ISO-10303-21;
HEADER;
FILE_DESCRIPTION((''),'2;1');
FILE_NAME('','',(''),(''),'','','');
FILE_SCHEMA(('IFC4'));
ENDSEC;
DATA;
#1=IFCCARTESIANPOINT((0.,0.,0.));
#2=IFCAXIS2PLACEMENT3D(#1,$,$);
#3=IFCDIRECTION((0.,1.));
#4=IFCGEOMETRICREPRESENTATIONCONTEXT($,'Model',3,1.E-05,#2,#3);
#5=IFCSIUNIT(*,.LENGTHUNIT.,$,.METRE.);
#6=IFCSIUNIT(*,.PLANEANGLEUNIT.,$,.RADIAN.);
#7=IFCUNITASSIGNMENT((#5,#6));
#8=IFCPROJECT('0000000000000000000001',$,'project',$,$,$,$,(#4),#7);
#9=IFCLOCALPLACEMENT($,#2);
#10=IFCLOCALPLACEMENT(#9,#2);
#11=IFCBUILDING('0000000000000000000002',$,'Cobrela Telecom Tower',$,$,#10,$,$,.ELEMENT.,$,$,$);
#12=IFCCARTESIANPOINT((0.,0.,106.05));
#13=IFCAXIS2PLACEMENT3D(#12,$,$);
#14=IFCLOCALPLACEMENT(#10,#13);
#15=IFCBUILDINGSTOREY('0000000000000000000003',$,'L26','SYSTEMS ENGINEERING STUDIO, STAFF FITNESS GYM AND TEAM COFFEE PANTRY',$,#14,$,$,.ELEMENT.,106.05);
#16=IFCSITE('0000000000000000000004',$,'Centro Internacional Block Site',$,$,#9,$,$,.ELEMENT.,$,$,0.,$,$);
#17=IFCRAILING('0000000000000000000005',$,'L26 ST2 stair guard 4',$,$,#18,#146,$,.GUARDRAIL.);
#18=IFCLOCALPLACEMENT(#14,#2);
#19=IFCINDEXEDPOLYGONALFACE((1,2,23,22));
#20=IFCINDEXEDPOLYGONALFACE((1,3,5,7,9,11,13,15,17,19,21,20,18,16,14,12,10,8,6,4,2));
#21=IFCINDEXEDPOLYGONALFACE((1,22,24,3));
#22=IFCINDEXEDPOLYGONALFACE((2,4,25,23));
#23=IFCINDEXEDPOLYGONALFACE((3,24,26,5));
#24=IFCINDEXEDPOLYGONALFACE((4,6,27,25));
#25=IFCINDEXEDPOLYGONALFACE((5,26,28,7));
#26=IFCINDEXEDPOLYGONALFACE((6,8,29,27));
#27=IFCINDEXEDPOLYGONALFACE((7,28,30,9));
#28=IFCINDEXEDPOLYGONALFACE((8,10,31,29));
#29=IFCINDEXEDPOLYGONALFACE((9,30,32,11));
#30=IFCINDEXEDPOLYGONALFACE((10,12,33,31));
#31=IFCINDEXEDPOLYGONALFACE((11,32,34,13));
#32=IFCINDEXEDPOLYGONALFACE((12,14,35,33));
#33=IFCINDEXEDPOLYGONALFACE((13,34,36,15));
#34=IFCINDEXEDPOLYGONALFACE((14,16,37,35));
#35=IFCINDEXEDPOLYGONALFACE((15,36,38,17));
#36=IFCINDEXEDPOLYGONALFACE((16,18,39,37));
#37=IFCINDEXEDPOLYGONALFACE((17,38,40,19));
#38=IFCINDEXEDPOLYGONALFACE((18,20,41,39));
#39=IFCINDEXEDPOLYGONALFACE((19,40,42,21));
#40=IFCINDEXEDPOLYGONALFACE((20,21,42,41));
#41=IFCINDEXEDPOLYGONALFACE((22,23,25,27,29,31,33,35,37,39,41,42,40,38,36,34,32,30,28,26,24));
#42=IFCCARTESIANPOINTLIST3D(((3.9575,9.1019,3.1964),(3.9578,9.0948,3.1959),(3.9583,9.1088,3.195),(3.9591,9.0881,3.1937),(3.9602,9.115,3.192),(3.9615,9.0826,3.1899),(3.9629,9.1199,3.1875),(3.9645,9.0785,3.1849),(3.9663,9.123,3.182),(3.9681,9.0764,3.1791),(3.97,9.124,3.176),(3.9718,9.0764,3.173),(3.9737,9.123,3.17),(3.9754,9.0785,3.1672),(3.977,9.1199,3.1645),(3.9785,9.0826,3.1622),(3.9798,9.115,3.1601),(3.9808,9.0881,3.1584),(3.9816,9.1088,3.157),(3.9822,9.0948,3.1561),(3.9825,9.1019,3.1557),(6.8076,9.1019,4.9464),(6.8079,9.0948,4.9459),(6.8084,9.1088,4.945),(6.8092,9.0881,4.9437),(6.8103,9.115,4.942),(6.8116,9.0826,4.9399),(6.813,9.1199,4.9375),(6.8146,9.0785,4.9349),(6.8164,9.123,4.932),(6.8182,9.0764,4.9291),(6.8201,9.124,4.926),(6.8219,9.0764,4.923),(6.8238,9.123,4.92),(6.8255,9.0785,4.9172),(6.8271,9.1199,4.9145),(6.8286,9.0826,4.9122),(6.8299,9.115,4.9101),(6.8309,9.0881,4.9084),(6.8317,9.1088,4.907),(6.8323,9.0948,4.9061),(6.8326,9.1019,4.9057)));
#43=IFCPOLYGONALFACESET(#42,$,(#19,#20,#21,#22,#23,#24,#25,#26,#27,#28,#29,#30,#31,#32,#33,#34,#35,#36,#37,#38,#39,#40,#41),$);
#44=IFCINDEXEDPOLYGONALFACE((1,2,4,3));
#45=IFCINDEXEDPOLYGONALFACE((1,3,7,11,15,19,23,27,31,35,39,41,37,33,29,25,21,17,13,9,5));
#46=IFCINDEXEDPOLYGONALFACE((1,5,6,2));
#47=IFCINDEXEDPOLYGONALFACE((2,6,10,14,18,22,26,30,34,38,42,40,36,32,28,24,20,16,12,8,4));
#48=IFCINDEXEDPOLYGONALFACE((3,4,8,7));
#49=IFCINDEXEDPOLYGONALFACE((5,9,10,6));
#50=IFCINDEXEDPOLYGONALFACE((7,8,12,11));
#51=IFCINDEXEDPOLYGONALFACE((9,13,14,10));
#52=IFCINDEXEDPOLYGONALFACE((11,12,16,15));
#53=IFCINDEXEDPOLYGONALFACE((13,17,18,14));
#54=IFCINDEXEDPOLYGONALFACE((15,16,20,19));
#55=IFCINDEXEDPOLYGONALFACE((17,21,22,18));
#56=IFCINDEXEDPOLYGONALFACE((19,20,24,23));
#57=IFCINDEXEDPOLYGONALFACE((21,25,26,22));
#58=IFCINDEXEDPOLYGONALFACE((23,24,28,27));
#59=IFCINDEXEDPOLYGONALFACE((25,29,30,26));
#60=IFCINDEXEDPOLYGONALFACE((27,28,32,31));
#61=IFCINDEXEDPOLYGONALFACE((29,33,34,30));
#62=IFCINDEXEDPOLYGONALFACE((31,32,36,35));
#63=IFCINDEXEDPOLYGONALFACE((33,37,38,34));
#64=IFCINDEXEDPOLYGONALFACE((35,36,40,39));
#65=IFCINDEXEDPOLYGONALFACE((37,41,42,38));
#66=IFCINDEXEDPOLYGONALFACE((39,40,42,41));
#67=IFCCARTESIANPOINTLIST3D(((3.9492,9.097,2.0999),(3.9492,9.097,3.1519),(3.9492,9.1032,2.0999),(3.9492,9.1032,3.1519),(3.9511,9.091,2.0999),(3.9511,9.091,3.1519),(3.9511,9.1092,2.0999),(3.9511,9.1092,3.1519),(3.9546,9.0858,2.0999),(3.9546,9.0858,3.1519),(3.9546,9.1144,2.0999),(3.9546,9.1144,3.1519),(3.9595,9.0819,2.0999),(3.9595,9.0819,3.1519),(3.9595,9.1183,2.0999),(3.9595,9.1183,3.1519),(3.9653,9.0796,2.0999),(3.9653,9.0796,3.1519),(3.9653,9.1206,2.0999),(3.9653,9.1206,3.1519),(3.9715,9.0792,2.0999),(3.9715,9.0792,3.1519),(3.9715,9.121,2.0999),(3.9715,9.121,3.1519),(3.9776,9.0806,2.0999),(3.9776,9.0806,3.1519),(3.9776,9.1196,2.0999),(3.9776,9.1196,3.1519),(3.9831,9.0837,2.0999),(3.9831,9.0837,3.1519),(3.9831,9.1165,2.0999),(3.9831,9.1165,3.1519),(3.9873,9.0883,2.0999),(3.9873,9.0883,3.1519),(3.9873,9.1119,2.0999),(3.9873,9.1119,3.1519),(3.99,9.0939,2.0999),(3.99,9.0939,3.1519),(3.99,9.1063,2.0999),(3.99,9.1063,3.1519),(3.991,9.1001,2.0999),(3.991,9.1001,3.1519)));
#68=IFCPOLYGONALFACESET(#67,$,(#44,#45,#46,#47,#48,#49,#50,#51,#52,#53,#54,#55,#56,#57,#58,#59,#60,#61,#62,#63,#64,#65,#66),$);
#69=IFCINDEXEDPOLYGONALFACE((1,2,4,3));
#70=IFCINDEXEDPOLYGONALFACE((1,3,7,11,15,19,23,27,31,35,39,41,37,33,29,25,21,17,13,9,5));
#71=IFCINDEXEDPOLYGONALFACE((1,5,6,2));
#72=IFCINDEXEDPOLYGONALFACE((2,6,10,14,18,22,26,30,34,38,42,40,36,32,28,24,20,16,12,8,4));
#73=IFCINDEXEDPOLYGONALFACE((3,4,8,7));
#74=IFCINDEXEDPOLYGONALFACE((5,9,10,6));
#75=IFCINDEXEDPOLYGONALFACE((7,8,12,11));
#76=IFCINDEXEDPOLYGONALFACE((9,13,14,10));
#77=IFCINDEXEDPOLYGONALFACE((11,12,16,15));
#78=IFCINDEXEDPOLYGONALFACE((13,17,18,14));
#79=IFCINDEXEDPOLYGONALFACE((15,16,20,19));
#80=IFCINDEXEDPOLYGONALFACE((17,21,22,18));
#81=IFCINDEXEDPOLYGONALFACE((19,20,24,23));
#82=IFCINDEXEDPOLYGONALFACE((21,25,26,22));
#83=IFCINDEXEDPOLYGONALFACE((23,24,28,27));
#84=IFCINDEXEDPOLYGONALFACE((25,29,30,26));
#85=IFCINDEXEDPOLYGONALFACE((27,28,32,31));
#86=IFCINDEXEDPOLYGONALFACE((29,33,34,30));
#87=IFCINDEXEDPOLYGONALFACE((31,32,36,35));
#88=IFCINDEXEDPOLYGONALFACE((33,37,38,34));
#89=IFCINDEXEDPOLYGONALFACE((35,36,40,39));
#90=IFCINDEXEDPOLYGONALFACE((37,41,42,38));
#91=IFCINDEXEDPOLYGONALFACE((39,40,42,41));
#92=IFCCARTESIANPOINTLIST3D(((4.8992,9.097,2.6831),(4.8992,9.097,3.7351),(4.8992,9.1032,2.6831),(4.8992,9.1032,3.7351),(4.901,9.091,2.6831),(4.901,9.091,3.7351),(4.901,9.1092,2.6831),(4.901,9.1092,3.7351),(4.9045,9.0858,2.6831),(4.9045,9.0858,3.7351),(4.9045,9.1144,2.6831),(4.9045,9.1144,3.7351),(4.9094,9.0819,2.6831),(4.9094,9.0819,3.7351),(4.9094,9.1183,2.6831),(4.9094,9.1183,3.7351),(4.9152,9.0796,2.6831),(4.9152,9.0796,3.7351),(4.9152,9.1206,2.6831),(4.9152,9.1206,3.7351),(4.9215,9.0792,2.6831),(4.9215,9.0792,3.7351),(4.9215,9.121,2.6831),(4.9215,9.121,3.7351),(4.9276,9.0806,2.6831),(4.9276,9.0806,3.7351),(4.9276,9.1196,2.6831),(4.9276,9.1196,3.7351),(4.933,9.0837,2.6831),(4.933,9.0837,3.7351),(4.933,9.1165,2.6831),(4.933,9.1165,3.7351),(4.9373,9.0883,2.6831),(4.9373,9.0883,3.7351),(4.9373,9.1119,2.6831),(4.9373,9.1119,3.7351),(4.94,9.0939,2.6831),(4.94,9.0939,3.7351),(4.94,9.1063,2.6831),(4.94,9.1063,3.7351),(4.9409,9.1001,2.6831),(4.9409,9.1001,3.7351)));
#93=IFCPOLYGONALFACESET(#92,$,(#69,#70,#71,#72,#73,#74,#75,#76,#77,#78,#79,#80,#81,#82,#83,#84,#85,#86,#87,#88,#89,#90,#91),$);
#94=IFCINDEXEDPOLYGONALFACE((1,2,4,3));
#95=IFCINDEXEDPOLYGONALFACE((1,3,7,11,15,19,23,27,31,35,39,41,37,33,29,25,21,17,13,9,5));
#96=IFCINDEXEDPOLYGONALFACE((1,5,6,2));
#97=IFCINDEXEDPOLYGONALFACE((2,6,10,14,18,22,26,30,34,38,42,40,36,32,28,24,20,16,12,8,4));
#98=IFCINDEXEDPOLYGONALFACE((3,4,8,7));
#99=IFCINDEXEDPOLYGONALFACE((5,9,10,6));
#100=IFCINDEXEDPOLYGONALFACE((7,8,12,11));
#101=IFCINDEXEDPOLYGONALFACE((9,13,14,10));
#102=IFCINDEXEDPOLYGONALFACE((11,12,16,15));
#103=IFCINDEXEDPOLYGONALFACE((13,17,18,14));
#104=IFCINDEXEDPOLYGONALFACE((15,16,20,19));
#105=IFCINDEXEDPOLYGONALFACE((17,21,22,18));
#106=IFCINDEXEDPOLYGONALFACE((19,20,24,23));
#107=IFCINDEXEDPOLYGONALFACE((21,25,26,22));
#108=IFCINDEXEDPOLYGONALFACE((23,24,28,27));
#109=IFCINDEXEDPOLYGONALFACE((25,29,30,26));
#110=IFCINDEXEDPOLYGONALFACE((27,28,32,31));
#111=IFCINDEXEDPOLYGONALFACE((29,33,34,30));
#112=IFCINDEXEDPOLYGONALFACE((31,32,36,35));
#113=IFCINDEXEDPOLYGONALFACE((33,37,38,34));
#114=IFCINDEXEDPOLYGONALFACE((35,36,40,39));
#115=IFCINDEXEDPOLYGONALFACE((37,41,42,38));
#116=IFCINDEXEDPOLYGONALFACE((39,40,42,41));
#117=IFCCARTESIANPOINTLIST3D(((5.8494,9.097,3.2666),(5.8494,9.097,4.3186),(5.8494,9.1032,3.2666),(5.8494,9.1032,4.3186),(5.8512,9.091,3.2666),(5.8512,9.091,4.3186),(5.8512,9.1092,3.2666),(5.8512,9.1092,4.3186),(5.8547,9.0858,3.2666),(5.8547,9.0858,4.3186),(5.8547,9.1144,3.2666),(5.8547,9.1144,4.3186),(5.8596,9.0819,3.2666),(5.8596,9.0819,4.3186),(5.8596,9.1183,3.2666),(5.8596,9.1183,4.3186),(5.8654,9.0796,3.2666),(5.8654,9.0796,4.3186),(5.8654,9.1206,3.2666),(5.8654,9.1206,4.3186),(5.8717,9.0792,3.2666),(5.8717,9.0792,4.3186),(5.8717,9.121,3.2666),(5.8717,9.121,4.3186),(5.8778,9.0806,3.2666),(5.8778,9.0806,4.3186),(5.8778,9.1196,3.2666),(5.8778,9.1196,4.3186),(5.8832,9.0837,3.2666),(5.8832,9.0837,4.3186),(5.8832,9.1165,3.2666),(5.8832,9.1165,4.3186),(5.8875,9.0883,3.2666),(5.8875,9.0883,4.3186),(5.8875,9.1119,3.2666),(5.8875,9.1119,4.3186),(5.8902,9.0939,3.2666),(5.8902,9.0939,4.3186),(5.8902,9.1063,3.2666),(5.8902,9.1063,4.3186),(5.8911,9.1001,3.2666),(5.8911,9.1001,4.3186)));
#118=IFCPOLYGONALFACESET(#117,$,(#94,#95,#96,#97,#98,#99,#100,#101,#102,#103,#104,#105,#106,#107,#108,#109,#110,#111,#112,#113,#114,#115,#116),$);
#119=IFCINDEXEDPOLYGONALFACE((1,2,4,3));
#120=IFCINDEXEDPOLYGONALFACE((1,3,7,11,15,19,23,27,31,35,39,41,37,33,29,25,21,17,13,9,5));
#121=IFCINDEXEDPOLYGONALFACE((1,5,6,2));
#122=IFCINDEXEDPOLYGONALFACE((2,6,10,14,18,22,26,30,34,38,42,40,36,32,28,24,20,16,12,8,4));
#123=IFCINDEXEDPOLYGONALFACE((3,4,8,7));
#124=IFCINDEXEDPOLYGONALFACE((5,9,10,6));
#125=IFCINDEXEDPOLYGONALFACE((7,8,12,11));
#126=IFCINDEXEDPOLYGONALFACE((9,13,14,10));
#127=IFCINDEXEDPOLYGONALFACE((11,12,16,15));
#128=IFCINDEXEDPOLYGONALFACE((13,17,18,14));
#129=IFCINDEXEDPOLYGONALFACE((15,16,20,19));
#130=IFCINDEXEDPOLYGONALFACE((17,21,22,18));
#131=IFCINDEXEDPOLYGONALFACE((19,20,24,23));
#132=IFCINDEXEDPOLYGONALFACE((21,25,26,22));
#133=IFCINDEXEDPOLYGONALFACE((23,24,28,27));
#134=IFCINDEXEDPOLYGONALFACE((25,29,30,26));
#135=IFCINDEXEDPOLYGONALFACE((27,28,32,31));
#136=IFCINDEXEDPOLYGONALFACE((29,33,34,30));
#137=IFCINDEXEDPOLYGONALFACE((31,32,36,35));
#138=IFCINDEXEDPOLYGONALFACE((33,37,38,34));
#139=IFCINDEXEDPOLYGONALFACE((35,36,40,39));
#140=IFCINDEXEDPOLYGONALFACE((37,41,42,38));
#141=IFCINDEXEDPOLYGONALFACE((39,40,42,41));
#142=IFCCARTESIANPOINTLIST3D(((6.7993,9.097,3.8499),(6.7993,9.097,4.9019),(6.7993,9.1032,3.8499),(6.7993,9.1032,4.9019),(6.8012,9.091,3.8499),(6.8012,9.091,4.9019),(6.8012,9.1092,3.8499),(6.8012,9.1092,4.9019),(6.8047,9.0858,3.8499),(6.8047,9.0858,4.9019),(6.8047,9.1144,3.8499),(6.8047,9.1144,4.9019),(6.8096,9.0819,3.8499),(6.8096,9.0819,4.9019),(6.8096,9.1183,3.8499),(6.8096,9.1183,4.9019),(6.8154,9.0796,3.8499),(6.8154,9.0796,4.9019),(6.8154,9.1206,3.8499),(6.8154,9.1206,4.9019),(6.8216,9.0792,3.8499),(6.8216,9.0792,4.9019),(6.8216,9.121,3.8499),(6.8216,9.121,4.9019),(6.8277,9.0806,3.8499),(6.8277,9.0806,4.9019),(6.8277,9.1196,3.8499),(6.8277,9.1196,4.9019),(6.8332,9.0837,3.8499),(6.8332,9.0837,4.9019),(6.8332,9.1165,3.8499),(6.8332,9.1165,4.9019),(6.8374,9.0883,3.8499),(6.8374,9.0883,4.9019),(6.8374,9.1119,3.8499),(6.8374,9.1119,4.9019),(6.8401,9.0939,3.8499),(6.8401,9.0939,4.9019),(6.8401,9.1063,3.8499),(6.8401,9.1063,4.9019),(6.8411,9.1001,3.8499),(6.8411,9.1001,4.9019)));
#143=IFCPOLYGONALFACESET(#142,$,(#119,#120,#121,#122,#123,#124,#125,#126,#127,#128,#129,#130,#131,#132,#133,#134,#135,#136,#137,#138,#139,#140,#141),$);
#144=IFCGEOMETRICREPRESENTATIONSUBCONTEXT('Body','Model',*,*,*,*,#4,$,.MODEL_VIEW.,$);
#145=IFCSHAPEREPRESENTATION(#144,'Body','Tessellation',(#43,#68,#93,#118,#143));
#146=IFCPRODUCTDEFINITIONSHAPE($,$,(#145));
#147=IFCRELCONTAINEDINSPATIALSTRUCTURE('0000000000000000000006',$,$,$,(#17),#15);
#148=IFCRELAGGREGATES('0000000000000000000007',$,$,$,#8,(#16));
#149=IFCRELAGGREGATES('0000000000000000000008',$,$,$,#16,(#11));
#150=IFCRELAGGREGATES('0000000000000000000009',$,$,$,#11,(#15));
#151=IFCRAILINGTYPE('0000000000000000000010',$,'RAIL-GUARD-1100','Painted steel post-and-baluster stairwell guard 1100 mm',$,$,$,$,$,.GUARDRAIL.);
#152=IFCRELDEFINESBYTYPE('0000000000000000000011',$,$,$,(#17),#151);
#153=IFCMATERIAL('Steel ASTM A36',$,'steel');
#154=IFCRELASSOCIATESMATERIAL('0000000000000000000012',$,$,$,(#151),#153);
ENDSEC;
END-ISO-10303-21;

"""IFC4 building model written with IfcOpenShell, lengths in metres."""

from ifc_helpers import new_model, si_unit, direction, frame, origin, origin_2d, place, context, subcontext, project, spatial, circle, extrude, material, type_object, element, save


model = new_model("IFC4")

# Units and contexts
model_context = context("Model", 3, precision=1e-05, world=origin(), true_north=direction((0.0, 1.0)))
body_context = subcontext(model_context, "Body", "Model", "MODEL_VIEW")
ifc_project = project(units=[si_unit("LENGTHUNIT", "METRE"), si_unit("PLANEANGLEUNIT", "RADIAN")], contexts=[model_context])

# Site, building, storey
site_placement = place(None, origin())
site = spatial("IfcSite", under=ifc_project, at=site_placement, Name="Centro Internacional Block Site", CompositionType="ELEMENT", RefElevation=0.0)
building_placement = place(site_placement, origin())
building = spatial("IfcBuilding", under=site, at=building_placement, Name="Cobrela Telecom Tower", CompositionType="ELEMENT")
storey_placement = place(building_placement, frame((0.0, 0.0, 106.05)))
storey = spatial("IfcBuildingStorey", under=building, at=storey_placement, Name="L26", Description="SYSTEMS ENGINEERING STUDIO, STAFF FITNESS GYM AND TEAM COFFEE PANTRY", CompositionType="ELEMENT", Elevation=106.05)

# Shared definitions
ifc_material_1 = material(Name="Steel ASTM A36", Category="steel")

# Railing
railing_type_1 = type_object("IfcRailingType", Name="RAIL-GUARD-1100", Description="Painted steel post-and-baluster stairwell guard 1100 mm", PredefinedType="GUARDRAIL", material=ifc_material_1)
railing_1_placement = place(storey_placement, frame((3.97, 9.1001, 2.0999)))
element("IfcRailing", 1, at=railing_1_placement, inside=storey, type_object=railing_type_1, Name="L26 ST2 stair guard 4", PredefinedType="GUARDRAIL", context=body_context, shape_type="SweptSolid", body=[
    extrude(circle(Radius=0.0239, at=origin_2d()), frame((0.0, 0.0, 1.0762), z_axis=(0.852179, 0.0, 0.52325), x_axis=(0.0, 1.0, 0.0)), (0.0, 0.0, 1.0), 3.3445),
    extrude(circle(Radius=0.021, at=origin_2d()), origin(), (0.0, 0.0, 1.0), 1.052),
    extrude(circle(Radius=0.021, at=origin_2d()), frame((0.95, 0.0, 0.5833)), (0.0, 0.0, 1.0), 1.052),
    extrude(circle(Radius=0.021, at=origin_2d()), frame((1.9001, 0.0, 1.1667)), (0.0, 0.0, 1.0), 1.052),
    extrude(circle(Radius=0.021, at=origin_2d()), frame((2.8501, 0.0, 1.75)), (0.0, 0.0, 1.0), 1.052),
])

save(model, "model.ifc")
